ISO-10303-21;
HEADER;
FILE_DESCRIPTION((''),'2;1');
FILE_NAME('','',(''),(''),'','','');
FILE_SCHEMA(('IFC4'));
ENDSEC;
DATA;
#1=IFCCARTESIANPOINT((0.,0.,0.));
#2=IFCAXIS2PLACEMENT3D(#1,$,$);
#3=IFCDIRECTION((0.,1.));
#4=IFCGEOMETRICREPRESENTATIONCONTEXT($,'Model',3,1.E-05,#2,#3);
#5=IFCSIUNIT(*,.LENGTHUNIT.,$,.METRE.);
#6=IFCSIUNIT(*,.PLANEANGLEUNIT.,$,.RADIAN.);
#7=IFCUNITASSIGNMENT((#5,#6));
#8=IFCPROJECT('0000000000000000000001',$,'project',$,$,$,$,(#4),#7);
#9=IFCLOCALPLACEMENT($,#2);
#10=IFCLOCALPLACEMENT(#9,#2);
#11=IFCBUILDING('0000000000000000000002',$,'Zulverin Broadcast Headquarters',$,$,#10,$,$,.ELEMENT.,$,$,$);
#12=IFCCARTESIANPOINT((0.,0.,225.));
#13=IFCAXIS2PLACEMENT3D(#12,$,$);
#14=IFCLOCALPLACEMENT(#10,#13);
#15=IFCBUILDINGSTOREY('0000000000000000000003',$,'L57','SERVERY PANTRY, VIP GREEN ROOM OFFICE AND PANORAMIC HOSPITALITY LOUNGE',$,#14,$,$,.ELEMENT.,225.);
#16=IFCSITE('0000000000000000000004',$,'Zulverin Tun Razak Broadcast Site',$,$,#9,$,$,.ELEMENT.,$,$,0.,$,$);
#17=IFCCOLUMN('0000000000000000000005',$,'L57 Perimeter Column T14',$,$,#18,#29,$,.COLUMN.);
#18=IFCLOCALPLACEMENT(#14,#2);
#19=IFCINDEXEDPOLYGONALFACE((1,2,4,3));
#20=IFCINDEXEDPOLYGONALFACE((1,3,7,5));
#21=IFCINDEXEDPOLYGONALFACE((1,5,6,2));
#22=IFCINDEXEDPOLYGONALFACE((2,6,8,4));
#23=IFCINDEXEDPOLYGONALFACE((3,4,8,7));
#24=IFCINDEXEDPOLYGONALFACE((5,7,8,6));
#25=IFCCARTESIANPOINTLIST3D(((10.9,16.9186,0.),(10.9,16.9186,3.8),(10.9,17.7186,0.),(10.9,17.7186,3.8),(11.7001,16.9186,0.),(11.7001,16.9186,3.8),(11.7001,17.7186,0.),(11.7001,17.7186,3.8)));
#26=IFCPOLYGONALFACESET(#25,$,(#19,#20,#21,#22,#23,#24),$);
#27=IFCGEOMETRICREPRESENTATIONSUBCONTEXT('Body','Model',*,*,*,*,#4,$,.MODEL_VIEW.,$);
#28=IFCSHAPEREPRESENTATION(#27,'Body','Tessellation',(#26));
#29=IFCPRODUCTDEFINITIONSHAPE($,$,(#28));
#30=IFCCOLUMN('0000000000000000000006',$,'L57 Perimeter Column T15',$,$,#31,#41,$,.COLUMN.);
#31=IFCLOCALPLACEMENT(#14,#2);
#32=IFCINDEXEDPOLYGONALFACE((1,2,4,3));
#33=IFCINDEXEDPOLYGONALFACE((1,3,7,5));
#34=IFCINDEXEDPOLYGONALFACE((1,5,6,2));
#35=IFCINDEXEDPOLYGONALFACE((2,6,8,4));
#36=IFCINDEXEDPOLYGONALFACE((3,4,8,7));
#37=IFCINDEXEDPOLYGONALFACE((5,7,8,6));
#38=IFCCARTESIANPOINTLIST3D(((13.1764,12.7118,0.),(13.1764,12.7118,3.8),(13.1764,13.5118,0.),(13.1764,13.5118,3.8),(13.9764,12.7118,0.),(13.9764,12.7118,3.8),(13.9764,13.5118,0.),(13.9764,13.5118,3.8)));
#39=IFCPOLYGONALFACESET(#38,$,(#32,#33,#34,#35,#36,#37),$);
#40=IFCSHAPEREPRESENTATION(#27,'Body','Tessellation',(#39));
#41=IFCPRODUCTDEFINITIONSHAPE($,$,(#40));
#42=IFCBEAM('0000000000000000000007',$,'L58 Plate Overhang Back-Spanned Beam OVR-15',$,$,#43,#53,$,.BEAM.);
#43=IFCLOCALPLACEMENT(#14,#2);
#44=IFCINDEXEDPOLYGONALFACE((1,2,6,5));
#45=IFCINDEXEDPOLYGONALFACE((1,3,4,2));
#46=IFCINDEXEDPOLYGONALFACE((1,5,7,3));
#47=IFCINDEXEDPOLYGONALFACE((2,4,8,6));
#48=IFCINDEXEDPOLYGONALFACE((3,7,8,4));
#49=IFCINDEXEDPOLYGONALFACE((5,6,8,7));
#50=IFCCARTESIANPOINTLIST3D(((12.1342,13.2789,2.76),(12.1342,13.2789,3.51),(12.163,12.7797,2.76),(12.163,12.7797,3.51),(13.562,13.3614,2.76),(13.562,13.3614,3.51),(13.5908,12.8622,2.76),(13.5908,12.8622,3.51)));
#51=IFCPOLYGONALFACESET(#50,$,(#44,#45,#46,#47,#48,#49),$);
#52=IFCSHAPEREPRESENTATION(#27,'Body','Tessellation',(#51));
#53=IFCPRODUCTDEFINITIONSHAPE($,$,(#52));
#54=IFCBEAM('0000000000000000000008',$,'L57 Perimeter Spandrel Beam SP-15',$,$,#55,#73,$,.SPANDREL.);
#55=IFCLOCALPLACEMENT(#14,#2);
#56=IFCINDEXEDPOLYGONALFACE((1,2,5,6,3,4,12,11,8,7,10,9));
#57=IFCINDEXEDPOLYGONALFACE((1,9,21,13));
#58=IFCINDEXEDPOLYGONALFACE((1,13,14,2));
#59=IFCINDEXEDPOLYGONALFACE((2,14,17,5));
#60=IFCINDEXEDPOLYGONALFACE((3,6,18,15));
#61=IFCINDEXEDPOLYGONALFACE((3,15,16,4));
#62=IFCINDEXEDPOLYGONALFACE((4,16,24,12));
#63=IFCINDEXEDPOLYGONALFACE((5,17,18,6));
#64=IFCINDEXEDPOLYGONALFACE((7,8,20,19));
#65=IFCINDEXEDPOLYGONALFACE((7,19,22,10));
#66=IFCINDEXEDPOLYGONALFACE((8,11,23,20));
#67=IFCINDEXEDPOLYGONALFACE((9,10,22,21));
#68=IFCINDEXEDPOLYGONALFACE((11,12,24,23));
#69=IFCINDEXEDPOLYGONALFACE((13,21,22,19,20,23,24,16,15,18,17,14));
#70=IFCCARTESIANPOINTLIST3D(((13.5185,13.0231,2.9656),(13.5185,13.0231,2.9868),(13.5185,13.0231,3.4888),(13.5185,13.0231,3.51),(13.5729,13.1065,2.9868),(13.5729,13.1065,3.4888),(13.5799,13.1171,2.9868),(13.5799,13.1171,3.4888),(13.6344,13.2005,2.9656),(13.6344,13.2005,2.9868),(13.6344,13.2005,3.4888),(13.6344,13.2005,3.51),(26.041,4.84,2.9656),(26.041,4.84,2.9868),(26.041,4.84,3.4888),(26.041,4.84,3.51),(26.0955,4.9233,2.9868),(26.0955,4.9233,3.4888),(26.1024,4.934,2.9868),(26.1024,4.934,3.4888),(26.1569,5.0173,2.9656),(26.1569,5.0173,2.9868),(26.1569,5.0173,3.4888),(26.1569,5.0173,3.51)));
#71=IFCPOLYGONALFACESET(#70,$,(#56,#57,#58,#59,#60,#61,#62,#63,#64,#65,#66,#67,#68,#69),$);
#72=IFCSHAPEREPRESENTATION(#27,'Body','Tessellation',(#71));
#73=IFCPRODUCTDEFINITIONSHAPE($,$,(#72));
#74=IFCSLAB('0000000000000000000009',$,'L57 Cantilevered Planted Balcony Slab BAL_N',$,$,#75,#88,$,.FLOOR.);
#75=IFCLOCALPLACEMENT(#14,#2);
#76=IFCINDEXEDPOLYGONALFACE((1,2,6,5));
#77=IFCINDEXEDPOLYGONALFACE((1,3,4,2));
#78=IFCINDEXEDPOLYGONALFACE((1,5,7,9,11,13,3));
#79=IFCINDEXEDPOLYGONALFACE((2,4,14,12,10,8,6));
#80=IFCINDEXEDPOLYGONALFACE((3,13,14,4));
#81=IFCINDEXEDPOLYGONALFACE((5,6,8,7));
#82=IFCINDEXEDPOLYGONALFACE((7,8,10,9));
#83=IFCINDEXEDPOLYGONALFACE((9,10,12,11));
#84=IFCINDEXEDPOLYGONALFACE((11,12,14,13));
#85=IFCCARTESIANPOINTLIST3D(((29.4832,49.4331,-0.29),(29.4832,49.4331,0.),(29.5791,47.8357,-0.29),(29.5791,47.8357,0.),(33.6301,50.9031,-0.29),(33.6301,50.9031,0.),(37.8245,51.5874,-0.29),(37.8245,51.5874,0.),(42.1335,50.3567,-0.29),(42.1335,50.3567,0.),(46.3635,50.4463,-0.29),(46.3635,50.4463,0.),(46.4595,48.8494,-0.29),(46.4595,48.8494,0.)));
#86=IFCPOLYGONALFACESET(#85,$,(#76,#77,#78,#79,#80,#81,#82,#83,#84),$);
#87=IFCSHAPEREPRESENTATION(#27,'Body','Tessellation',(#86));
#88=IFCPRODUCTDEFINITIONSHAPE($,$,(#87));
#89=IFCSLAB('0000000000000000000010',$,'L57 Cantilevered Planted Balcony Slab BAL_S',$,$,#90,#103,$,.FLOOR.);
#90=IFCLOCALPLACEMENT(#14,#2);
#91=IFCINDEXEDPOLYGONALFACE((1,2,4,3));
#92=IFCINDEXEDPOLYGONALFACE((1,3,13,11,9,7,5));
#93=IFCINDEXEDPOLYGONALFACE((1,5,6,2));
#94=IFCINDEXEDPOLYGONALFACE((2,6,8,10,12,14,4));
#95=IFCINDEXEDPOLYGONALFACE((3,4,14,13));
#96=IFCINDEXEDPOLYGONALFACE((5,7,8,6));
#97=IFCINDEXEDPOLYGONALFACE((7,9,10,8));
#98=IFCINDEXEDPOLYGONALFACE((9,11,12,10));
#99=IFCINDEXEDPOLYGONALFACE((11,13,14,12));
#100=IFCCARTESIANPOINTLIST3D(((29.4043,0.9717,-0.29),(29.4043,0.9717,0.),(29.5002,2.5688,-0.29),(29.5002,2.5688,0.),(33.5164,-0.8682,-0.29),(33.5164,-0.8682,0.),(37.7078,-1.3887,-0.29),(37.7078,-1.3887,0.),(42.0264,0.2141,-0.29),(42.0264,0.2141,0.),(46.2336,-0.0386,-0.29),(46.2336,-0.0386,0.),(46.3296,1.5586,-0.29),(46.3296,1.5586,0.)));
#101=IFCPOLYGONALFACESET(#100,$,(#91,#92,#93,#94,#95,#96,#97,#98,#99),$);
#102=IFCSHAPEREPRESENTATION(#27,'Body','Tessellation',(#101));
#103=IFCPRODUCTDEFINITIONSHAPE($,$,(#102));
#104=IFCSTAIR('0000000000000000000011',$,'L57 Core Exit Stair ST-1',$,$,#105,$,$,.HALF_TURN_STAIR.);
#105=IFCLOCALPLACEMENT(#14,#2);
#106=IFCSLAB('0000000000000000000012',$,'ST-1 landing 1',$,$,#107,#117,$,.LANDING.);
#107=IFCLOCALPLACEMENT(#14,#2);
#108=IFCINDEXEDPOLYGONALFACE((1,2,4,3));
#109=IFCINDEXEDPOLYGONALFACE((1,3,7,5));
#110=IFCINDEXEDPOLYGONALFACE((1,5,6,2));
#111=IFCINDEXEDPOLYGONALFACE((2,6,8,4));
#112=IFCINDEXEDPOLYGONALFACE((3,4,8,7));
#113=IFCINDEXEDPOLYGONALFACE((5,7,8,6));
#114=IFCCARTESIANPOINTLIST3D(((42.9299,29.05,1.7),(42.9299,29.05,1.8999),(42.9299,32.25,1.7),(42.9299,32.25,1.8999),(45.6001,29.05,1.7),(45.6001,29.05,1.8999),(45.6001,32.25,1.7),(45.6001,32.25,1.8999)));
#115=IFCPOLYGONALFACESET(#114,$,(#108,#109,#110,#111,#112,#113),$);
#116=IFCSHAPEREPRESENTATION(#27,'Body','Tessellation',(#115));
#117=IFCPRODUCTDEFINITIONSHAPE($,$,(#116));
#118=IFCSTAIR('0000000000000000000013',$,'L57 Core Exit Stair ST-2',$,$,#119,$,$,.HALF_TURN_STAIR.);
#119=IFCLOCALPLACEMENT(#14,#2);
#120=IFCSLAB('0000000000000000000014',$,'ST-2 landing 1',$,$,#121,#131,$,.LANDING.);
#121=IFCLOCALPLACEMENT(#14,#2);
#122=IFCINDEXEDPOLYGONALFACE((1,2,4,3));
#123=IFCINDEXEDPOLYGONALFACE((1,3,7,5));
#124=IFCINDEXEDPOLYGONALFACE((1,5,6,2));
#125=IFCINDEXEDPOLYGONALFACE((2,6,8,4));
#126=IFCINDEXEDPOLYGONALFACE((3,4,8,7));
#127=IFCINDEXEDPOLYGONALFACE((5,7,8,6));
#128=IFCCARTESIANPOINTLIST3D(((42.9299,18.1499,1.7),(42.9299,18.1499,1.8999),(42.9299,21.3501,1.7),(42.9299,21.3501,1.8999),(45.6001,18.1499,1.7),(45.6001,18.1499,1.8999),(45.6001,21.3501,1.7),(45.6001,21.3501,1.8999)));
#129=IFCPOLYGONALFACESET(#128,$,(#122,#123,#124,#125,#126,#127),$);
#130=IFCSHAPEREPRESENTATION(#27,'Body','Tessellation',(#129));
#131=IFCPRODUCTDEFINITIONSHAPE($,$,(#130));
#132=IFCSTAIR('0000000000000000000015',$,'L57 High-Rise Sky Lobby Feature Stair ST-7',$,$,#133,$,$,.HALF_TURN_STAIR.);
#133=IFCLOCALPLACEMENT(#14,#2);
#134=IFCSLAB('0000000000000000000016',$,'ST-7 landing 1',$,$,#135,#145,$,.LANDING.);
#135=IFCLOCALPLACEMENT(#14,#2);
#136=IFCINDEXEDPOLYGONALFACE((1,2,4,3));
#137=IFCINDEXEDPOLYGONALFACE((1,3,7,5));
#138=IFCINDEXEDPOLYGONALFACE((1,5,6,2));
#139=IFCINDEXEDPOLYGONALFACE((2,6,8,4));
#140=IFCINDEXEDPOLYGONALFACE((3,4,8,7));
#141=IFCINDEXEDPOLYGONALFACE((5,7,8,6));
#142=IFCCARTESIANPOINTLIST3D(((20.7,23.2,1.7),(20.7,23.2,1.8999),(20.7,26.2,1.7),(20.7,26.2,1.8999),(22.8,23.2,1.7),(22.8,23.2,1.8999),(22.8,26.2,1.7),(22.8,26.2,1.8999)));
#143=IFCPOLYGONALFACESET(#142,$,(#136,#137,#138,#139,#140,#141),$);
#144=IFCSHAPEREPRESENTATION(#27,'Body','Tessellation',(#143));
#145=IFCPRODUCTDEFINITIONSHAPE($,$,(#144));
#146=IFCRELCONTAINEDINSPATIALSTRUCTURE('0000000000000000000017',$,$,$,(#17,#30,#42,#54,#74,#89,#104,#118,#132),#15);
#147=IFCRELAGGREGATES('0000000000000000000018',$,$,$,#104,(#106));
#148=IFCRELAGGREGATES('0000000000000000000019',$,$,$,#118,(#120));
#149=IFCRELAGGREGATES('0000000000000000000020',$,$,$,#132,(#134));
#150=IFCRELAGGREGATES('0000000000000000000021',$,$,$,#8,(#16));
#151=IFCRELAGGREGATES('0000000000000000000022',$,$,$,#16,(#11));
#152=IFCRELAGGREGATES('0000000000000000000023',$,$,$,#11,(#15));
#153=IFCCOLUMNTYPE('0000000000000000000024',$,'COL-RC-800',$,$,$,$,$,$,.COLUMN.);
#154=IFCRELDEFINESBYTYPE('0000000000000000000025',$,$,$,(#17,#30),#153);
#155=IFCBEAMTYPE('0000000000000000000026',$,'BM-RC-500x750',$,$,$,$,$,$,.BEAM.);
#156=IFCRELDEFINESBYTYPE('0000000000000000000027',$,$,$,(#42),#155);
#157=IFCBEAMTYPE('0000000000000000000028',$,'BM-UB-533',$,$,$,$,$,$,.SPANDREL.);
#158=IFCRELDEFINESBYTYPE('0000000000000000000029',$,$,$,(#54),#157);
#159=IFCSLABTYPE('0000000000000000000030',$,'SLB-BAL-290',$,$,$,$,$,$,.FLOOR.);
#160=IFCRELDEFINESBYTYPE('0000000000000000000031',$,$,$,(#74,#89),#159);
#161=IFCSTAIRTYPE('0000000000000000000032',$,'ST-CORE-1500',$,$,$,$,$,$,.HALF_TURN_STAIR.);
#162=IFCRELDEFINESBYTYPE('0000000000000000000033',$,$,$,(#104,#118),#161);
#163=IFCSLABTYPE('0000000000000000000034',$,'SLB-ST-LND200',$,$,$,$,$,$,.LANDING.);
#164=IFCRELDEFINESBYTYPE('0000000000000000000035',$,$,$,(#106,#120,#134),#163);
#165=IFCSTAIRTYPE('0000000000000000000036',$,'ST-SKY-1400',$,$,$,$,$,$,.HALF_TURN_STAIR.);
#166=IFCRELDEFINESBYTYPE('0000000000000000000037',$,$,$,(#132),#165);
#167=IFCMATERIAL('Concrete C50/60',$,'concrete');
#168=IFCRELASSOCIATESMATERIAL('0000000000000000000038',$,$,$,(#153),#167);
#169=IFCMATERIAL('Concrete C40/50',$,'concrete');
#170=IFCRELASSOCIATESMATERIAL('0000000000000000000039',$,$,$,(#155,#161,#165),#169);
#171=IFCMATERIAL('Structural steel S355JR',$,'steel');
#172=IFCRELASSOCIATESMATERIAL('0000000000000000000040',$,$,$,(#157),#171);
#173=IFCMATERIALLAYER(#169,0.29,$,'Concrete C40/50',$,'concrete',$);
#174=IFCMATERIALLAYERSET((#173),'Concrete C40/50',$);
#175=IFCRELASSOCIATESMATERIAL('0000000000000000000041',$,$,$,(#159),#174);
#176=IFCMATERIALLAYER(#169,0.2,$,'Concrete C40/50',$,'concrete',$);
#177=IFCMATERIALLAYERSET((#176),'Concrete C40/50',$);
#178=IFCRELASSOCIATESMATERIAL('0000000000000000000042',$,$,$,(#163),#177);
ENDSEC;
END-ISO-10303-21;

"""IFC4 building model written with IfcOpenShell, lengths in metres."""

from ifc_helpers import new_model, si_unit, direction, frame, origin, origin_2d, place, context, subcontext, project, spatial, polyline, rectangle, i_section, outline, extrude, material, layer, layer_set, material_profile, profile_set, type_object, element, aggregate, save


model = new_model("IFC4")

# Units and contexts
model_context = context("Model", 3, precision=1e-05, world=origin(), true_north=direction((0.0, 1.0)))
body_context = subcontext(model_context, "Body", "Model", "MODEL_VIEW")
ifc_project = project(units=[si_unit("LENGTHUNIT", "METRE"), si_unit("PLANEANGLEUNIT", "RADIAN")], contexts=[model_context])

# Site, building, storey
site_placement = place(None, origin())
site = spatial("IfcSite", under=ifc_project, at=site_placement, Name="Zulverin Tun Razak Broadcast Site", CompositionType="ELEMENT", RefElevation=0.0)
building_placement = place(site_placement, origin())
building = spatial("IfcBuilding", under=site, at=building_placement, Name="Zulverin Broadcast Headquarters", CompositionType="ELEMENT")
storey_placement = place(building_placement, frame((0.0, 0.0, 225.0)))
storey = spatial("IfcBuildingStorey", under=building, at=storey_placement, Name="L57", Description="SERVERY PANTRY, VIP GREEN ROOM OFFICE AND PANORAMIC HOSPITALITY LOUNGE", CompositionType="ELEMENT", Elevation=225.0)

# Columns
ifc_material_1 = material(Name="Concrete C50/60", Category="concrete")
ifc_material_profile_1 = material_profile(ifc_material_1, rectangle(XDim=0.8, YDim=0.8, at=origin_2d()), Name="Concrete C50/60", Category="concrete")
ifc_profile_set_1 = profile_set([ifc_material_profile_1], Name="Concrete C50/60")
column_type = type_object("IfcColumnType", Name="COL-RC-800", PredefinedType="COLUMN", material=ifc_profile_set_1)
for number, where, z_axis, x_axis, name in (
    (1, (11.3, 17.3186, 0.0), (0.0, 0.0, 1.0), (1.0, 0.0, 0.0), "L57 Perimeter Column T14"),
    (2, (13.5764, 13.1118, 0.0), (0.0, 0.0, 1.0), (1.0, 0.0, 0.0), "L57 Perimeter Column T15"),
):
    element("IfcColumn", number, at=place(storey_placement, frame(where, z_axis=z_axis, x_axis=x_axis)), inside=storey, type_object=column_type, Name=name, PredefinedType="COLUMN", context=body_context, shape_type="SweptSolid", body=[
        extrude(rectangle(XDim=0.8, YDim=0.8, at=origin_2d()), origin(), (0.0, 0.0, 1.0), 3.8),
    ])

# Beams
ifc_material_2 = material(Name="Concrete C40/50", Category="concrete")
ifc_material_profile_2 = material_profile(ifc_material_2, rectangle(XDim=0.5, YDim=0.75, at=origin_2d()), Name="Concrete C40/50", Category="concrete")
ifc_profile_set_2 = profile_set([ifc_material_profile_2], Name="Concrete C40/50")
beam_type_1 = type_object("IfcBeamType", Name="BM-RC-500x750", PredefinedType="BEAM", material=ifc_profile_set_2)
beam_1_placement = place(storey_placement, frame((13.5764, 13.1118, 3.135), z_axis=(-0.998334, -0.057701, 0.0), x_axis=(0.057701, -0.998334, 0.0)))
element("IfcBeam", 3, at=beam_1_placement, inside=storey, type_object=beam_type_1, Name="L58 Plate Overhang Back-Spanned Beam OVR-15", PredefinedType="BEAM", context=body_context, shape_type="SweptSolid", body=[
    extrude(rectangle(XDim=0.5, YDim=0.75, at=origin_2d()), origin(), (0.0, 0.0, 1.0), 1.4302),
])
ifc_material_3 = material(Name="Structural steel S355JR", Category="steel")
ifc_material_profile_3 = material_profile(ifc_material_3, i_section(OverallWidth=0.2119, OverallDepth=0.5444, WebThickness=0.0127, FlangeThickness=0.0212, at=origin_2d()), Name="Structural steel S355JR", Category="steel")
ifc_profile_set_3 = profile_set([ifc_material_profile_3], Name="Structural steel S355JR")
beam_type_2 = type_object("IfcBeamType", Name="BM-UB-533", PredefinedType="SPANDREL", material=ifc_profile_set_3)
beam_2_placement = place(storey_placement, frame((13.5764, 13.1118, 3.2378), z_axis=(0.837112, -0.547031, 0.0), x_axis=(0.547031, 0.837112, 0.0)))
element("IfcBeam", 4, at=beam_2_placement, inside=storey, type_object=beam_type_2, Name="L57 Perimeter Spandrel Beam SP-15", PredefinedType="SPANDREL", context=body_context, shape_type="SweptSolid", body=[
    extrude(i_section(OverallWidth=0.2119, OverallDepth=0.5444, WebThickness=0.0127, FlangeThickness=0.0212, at=origin_2d()), origin(), (0.0, 0.0, 1.0), 14.9592),
])

# Slabs
ifc_layer_1 = layer(ifc_material_2, 0.29, Name="Concrete C40/50", Category="concrete")
ifc_layer_set_1 = layer_set([ifc_layer_1], Name="Concrete C40/50")
slab_type_1 = type_object("IfcSlabType", Name="SLB-BAL-290", PredefinedType="FLOOR", material=ifc_layer_set_1)
slab_1_placement = place(storey_placement, frame((0.0, 0.0, -0.29)))
element("IfcSlab", 5, at=slab_1_placement, inside=storey, type_object=slab_type_1, Name="L57 Cantilevered Planted Balcony Slab BAL_N", PredefinedType="FLOOR", context=body_context, shape_type="SweptSolid", body=[
    extrude(outline(polyline([(29.5791, 47.8357), (46.4595, 48.8494), (46.3635, 50.4463), (42.1335, 50.3567), (37.8245, 51.5874), (33.6301, 50.9031), (29.4832, 49.4331), (29.5791, 47.8357)])), origin(), (0.0, 0.0, 1.0), 0.29),
])
slab_2_placement = place(storey_placement, frame((0.0, 0.0, -0.29)))
element("IfcSlab", 6, at=slab_2_placement, inside=storey, type_object=slab_type_1, Name="L57 Cantilevered Planted Balcony Slab BAL_S", PredefinedType="FLOOR", context=body_context, shape_type="SweptSolid", body=[
    extrude(outline(polyline([(46.3296, 1.5586), (29.5002, 2.5688), (29.4043, 0.9717), (33.5164, -0.8682), (37.7078, -1.3887), (42.0264, 0.2141), (46.2336, -0.0386), (46.3296, 1.5586)])), origin(), (0.0, 0.0, 1.0), 0.29),
])

# Stairs, slabs
stair_type_1 = type_object("IfcStairType", Name="ST-CORE-1500", PredefinedType="HALF_TURN_STAIR", material=ifc_material_2)
stair_1_placement = place(storey_placement, origin())
stair_1 = element("IfcStair", 7, at=stair_1_placement, inside=storey, type_object=stair_type_1, Name="L57 Core Exit Stair ST-1", PredefinedType="HALF_TURN_STAIR")
ifc_layer_2 = layer(ifc_material_2, 0.2, Name="Concrete C40/50", Category="concrete")
ifc_layer_set_2 = layer_set([ifc_layer_2], Name="Concrete C40/50")
slab_type_2 = type_object("IfcSlabType", Name="SLB-ST-LND200", PredefinedType="LANDING", material=ifc_layer_set_2)
slab_3_placement = place(storey_placement, frame((0.0, 0.0, 1.7)))
slab_3 = element("IfcSlab", 8, at=slab_3_placement, type_object=slab_type_2, Name="ST-1 landing 1", PredefinedType="LANDING", context=body_context, shape_type="SweptSolid", body=[
    extrude(outline(polyline([(42.9299, 29.05), (45.6001, 29.05), (45.6001, 32.25), (42.9299, 32.25), (42.9299, 29.05)])), origin(), (0.0, 0.0, 1.0), 0.2),
])
aggregate(stair_1, [slab_3])
stair_2_placement = place(storey_placement, origin())
stair_2 = element("IfcStair", 9, at=stair_2_placement, inside=storey, type_object=stair_type_1, Name="L57 Core Exit Stair ST-2", PredefinedType="HALF_TURN_STAIR")
slab_4_placement = place(storey_placement, frame((0.0, 0.0, 1.7)))
slab_4 = element("IfcSlab", 10, at=slab_4_placement, type_object=slab_type_2, Name="ST-2 landing 1", PredefinedType="LANDING", context=body_context, shape_type="SweptSolid", body=[
    extrude(outline(polyline([(42.9299, 18.1499), (45.6001, 18.1499), (45.6001, 21.3501), (42.9299, 21.3501), (42.9299, 18.1499)])), origin(), (0.0, 0.0, 1.0), 0.2),
])
aggregate(stair_2, [slab_4])
stair_type_2 = type_object("IfcStairType", Name="ST-SKY-1400", PredefinedType="HALF_TURN_STAIR", material=ifc_material_2)
stair_3_placement = place(storey_placement, origin())
stair_3 = element("IfcStair", 11, at=stair_3_placement, inside=storey, type_object=stair_type_2, Name="L57 High-Rise Sky Lobby Feature Stair ST-7", PredefinedType="HALF_TURN_STAIR")
slab_5_placement = place(storey_placement, frame((0.0, 0.0, 1.7)))
slab_5 = element("IfcSlab", 12, at=slab_5_placement, type_object=slab_type_2, Name="ST-7 landing 1", PredefinedType="LANDING", context=body_context, shape_type="SweptSolid", body=[
    extrude(outline(polyline([(20.7, 23.2), (22.8, 23.2), (22.8, 26.2), (20.7, 26.2), (20.7, 23.2)])), origin(), (0.0, 0.0, 1.0), 0.2),
])
aggregate(stair_3, [slab_5])

save(model, "model.ifc")
